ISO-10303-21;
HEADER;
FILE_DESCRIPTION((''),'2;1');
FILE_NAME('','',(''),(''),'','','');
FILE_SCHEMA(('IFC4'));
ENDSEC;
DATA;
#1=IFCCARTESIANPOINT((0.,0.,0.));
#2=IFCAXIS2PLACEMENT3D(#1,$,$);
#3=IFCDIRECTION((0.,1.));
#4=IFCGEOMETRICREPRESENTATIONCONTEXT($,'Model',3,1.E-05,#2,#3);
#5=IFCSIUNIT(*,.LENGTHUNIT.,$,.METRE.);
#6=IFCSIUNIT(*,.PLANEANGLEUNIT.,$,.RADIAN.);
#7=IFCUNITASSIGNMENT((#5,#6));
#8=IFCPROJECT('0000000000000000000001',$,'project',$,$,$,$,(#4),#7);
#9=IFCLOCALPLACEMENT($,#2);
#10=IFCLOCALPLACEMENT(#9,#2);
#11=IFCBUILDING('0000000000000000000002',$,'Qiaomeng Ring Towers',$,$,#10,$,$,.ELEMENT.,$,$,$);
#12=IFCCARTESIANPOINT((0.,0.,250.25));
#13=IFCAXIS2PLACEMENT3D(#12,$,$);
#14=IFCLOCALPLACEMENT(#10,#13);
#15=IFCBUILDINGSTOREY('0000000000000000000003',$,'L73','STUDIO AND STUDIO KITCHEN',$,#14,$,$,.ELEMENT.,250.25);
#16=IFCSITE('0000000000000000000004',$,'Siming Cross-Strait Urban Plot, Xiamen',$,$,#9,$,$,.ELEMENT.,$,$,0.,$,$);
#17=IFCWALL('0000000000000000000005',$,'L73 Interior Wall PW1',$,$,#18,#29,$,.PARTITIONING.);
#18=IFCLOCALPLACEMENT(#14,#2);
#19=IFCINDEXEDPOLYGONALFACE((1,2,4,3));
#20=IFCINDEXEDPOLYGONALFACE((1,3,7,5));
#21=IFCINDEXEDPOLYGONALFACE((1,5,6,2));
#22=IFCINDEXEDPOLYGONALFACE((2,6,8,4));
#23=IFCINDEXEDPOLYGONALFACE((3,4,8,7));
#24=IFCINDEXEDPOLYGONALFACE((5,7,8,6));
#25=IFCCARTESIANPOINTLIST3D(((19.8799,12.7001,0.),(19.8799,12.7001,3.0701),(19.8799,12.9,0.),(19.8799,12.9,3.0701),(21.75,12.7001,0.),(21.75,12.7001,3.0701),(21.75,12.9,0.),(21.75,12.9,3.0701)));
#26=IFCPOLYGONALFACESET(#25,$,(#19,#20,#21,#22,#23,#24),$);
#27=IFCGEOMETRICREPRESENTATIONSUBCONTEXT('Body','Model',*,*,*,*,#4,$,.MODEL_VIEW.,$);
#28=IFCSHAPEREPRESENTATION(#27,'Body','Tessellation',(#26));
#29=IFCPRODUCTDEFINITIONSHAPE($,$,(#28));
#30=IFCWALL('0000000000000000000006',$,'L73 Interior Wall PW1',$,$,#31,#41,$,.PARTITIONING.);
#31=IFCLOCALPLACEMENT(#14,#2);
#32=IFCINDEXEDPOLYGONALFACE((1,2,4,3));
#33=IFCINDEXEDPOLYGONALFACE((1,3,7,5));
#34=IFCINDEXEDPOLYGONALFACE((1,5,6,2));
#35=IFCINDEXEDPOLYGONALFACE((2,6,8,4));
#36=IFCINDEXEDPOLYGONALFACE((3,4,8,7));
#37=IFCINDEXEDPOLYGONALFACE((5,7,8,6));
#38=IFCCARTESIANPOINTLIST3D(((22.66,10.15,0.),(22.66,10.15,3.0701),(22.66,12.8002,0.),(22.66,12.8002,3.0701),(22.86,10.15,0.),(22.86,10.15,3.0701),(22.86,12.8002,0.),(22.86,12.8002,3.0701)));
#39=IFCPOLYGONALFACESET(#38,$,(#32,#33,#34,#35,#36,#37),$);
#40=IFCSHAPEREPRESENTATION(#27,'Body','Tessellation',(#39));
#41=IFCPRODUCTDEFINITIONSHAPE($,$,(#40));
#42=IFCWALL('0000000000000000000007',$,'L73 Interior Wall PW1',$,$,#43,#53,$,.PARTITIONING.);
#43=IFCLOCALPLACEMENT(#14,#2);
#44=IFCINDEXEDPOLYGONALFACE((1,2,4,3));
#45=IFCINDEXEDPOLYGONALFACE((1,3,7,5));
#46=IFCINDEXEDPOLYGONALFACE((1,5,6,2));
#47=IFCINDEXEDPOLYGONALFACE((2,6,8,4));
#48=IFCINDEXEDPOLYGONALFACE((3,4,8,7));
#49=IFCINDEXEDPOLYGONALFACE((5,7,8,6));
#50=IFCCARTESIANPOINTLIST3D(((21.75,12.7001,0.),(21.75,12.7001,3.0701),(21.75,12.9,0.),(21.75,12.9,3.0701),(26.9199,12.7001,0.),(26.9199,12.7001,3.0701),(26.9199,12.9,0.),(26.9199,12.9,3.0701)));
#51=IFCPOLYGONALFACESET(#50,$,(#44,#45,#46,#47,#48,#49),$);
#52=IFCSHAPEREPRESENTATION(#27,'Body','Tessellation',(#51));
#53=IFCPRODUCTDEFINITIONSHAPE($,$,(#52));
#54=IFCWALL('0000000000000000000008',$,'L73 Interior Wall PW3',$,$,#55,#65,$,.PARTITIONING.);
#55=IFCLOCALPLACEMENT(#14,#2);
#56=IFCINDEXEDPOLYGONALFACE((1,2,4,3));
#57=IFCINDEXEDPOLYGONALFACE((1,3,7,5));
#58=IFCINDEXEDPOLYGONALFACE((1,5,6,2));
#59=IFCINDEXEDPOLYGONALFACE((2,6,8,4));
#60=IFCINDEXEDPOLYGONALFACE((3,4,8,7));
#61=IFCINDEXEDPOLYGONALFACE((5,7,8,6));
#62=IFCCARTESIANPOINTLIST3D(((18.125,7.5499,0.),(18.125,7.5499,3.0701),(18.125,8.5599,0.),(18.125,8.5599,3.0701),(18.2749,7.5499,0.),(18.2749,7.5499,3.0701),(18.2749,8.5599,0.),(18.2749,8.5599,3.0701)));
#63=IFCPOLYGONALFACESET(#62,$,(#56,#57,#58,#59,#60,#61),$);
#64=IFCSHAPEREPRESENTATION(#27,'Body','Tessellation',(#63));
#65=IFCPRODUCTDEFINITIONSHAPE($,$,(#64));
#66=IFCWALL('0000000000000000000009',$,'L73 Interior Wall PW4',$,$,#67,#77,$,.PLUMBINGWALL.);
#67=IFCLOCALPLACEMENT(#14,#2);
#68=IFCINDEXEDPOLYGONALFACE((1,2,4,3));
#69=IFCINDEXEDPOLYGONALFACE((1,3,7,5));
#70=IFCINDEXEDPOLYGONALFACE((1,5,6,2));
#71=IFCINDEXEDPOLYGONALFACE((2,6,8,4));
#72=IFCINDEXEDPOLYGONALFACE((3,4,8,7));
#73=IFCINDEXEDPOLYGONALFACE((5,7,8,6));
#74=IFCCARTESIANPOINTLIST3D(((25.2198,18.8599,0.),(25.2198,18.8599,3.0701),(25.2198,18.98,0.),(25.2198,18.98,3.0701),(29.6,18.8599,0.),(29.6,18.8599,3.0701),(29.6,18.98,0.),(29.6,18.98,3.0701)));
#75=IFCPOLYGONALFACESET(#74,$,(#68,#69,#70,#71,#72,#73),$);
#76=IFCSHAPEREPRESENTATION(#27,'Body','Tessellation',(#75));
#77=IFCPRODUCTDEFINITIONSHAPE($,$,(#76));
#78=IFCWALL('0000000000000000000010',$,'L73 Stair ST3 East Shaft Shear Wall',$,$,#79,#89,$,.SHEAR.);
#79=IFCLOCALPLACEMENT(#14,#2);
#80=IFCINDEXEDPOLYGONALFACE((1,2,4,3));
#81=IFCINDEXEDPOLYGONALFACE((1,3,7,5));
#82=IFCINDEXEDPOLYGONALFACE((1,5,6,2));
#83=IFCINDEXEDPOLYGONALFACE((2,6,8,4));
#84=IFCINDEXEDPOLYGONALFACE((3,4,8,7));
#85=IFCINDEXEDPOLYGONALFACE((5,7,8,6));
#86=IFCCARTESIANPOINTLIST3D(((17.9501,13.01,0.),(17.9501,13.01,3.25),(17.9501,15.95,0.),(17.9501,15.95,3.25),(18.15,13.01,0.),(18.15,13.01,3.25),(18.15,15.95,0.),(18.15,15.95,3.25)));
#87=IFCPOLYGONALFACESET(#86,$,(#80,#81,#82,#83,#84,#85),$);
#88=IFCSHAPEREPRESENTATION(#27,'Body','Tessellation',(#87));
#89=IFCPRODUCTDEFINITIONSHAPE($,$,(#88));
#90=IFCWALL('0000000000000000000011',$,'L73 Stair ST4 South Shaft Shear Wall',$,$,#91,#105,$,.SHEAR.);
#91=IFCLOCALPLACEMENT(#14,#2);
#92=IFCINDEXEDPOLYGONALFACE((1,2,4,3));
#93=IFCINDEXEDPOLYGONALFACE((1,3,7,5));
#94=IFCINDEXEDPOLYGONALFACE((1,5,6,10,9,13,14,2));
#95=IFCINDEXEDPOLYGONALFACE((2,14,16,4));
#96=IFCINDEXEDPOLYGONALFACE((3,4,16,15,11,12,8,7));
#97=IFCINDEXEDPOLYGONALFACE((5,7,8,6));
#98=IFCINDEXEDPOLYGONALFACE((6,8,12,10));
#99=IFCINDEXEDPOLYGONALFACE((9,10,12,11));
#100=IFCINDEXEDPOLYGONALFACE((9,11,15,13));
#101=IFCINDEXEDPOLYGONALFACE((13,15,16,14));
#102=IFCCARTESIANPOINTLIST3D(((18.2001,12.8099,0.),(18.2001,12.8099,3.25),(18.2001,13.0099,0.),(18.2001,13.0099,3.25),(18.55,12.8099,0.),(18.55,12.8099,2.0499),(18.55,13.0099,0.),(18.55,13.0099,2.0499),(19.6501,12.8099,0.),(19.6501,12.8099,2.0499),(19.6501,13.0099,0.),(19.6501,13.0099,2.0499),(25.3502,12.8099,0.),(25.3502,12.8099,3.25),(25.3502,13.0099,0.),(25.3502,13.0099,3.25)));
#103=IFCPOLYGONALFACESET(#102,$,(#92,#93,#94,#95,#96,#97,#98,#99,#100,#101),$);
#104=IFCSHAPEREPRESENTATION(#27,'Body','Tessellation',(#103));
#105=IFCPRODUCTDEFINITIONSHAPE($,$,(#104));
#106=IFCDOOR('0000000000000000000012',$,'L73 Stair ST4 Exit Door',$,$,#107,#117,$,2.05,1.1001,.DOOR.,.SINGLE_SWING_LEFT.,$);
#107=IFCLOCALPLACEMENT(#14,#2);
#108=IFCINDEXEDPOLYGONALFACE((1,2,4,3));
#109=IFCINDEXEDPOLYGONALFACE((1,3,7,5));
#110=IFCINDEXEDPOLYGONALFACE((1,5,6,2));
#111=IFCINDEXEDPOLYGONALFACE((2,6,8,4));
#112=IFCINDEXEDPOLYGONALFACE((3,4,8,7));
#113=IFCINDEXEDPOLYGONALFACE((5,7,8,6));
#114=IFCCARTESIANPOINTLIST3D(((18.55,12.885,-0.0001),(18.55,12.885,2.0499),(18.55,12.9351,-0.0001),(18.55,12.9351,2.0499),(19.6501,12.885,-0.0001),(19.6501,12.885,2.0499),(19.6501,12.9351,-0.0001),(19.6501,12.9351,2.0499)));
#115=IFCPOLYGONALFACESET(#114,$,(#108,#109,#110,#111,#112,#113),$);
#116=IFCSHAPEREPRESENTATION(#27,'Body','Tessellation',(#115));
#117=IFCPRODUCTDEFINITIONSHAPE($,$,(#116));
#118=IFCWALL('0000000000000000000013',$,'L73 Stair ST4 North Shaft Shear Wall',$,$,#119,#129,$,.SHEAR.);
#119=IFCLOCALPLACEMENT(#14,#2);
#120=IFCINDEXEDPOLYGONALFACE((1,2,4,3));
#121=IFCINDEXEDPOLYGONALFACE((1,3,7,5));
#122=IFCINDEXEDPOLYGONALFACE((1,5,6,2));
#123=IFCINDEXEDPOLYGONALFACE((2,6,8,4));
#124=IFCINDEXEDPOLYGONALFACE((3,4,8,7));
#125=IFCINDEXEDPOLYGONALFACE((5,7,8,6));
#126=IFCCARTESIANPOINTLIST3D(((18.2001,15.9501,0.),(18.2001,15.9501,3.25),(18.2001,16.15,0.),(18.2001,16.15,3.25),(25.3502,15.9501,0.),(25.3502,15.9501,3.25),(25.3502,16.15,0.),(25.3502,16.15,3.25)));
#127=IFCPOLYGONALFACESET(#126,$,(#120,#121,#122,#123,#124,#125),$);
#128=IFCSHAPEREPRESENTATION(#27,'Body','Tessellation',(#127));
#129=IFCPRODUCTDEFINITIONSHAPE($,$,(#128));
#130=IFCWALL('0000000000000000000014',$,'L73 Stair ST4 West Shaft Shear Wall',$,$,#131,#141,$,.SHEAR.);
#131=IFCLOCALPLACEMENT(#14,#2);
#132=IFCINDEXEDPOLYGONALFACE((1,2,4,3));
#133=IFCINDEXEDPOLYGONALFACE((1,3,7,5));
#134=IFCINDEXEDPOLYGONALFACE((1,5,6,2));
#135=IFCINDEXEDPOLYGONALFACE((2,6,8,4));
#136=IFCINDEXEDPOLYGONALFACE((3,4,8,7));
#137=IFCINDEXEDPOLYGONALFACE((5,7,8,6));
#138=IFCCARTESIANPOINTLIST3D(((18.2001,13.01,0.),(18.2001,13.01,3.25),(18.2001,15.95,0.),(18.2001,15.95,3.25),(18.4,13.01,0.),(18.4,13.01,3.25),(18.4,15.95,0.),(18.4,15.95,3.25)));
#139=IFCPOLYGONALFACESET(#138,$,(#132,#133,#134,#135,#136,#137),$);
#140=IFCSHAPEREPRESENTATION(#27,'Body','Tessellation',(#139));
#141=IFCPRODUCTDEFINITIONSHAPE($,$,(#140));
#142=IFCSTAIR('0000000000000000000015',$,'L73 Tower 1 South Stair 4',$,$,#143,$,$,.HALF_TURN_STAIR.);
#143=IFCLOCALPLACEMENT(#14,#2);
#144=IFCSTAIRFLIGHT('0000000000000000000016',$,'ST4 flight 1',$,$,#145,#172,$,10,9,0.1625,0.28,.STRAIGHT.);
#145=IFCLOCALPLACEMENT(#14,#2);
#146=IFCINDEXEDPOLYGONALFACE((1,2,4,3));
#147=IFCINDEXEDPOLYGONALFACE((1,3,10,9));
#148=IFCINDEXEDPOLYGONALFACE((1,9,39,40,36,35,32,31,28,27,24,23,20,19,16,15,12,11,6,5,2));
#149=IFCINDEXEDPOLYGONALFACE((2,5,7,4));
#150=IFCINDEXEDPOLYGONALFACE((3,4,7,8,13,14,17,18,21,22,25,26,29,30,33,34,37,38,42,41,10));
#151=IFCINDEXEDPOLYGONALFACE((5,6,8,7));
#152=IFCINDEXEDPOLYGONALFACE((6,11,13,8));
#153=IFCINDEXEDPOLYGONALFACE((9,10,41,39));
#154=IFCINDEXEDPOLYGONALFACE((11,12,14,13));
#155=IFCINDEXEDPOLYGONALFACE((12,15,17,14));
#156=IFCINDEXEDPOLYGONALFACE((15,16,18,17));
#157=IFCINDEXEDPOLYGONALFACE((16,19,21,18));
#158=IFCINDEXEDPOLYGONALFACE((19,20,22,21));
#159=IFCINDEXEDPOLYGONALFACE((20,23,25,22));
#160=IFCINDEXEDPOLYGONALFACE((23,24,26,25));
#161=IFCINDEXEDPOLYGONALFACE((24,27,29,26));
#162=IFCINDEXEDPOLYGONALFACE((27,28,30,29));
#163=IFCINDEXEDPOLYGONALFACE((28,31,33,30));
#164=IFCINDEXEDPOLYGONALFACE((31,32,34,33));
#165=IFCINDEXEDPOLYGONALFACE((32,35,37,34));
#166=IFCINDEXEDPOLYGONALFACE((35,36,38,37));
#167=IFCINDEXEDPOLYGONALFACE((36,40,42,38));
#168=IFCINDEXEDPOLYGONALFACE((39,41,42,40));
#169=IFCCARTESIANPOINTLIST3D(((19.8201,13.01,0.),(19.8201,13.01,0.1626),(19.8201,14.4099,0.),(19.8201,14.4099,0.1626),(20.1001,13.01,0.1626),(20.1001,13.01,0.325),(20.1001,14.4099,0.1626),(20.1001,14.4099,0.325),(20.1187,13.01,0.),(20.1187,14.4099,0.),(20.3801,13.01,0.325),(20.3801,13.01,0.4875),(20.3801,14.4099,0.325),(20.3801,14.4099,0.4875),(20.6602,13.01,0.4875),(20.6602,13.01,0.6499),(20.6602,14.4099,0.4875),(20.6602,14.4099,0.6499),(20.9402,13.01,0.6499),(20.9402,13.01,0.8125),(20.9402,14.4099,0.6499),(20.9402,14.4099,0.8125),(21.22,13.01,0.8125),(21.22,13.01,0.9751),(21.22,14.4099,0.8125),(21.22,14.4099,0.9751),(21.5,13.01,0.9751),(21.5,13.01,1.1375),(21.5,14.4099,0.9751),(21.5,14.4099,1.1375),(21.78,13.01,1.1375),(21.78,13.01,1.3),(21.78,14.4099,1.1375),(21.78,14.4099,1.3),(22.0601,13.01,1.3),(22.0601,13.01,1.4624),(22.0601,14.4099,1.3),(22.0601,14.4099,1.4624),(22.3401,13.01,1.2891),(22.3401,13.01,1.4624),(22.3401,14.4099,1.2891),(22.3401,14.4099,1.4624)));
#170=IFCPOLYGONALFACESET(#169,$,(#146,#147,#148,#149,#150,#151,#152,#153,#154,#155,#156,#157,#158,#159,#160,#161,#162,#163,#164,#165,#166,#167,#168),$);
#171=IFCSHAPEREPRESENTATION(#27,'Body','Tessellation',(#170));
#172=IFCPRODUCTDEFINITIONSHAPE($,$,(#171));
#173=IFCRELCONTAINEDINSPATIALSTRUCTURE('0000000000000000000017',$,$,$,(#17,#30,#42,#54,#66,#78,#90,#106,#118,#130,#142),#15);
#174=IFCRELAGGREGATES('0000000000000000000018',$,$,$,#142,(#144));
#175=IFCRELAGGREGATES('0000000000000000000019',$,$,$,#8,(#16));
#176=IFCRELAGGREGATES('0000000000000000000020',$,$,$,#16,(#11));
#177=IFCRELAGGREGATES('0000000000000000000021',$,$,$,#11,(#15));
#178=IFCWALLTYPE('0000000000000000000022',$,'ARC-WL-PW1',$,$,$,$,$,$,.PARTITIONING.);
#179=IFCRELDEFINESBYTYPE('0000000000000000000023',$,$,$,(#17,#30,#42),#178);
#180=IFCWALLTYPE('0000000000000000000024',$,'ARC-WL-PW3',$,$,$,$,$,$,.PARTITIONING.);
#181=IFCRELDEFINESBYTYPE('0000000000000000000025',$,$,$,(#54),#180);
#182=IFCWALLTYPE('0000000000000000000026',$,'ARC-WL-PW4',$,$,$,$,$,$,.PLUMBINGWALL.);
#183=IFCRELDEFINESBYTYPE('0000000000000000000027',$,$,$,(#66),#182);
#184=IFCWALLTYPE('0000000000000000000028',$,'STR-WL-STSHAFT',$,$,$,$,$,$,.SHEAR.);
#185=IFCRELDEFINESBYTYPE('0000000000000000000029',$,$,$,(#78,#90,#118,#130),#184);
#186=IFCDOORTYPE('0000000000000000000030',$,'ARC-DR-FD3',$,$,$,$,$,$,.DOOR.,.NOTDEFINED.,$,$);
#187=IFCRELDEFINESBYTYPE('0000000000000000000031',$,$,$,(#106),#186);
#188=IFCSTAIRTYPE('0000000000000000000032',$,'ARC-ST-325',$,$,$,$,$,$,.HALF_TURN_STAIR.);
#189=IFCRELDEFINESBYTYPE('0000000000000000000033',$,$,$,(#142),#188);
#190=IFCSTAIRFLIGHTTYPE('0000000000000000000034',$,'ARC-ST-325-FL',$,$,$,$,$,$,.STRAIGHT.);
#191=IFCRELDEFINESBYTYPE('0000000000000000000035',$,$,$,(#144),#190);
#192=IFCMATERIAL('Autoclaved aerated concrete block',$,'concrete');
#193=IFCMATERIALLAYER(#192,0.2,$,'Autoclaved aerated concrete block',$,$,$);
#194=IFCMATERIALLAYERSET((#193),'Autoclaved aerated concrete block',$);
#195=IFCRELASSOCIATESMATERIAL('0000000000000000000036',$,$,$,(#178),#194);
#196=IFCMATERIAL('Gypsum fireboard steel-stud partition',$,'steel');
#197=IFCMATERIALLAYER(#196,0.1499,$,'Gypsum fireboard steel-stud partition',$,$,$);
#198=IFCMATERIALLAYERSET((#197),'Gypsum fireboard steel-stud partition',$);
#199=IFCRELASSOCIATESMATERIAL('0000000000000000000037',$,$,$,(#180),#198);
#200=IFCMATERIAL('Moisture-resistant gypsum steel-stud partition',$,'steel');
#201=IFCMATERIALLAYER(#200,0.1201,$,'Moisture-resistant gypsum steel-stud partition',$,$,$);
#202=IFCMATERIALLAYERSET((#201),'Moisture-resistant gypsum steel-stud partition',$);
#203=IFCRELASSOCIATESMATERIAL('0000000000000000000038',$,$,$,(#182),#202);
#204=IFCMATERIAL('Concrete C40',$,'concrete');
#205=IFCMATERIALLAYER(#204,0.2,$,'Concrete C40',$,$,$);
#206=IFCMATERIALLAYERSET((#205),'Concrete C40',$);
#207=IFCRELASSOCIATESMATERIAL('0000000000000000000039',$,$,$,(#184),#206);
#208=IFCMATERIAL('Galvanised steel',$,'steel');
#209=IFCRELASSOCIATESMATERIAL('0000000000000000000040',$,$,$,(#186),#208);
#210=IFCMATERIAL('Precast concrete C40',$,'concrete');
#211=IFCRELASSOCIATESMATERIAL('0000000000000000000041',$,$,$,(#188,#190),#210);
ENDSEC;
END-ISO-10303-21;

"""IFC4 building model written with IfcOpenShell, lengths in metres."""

from ifc_helpers import new_model, si_unit, direction, frame, frame_2d, origin, place, context, subcontext, project, spatial, polyline, rectangle, outline, extrude, source, transform, mapped, material, layer, layer_set, type_object, element, fill, aggregate, save


model = new_model("IFC4")

# Units and contexts
model_context = context("Model", 3, precision=1e-05, world=origin(), true_north=direction((0.0, 1.0)))
body_context = subcontext(model_context, "Body", "Model", "MODEL_VIEW")
ifc_project = project(units=[si_unit("LENGTHUNIT", "METRE"), si_unit("PLANEANGLEUNIT", "RADIAN")], contexts=[model_context])

# Site, building, storey
site_placement = place(None, origin())
site = spatial("IfcSite", under=ifc_project, at=site_placement, Name="Siming Cross-Strait Urban Plot, Xiamen", CompositionType="ELEMENT", RefElevation=0.0)
building_placement = place(site_placement, origin())
building = spatial("IfcBuilding", under=site, at=building_placement, Name="Qiaomeng Ring Towers", CompositionType="ELEMENT")
storey_placement = place(building_placement, frame((0.0, 0.0, 250.25)))
storey = spatial("IfcBuildingStorey", under=building, at=storey_placement, Name="L73", Description="STUDIO AND STUDIO KITCHEN", CompositionType="ELEMENT", Elevation=250.25)

# Walls
ifc_material_1 = material(Name="Autoclaved aerated concrete block", Category="concrete")
ifc_layer_1 = layer(ifc_material_1, 0.2, Name="Autoclaved aerated concrete block")
ifc_layer_set_1 = layer_set([ifc_layer_1], Name="Autoclaved aerated concrete block")
wall_type_1 = type_object("IfcWallType", Name="ARC-WL-PW1", PredefinedType="PARTITIONING", material=ifc_layer_set_1)
wall_1_placement = place(storey_placement, frame((19.8799, 12.8, 0.0), z_axis=(0.0, 0.0, 1.0), x_axis=(1.0, 0.0, 0.0)))
element("IfcWall", 1, at=wall_1_placement, inside=storey, type_object=wall_type_1, Name="L73 Interior Wall PW1", PredefinedType="PARTITIONING", context=body_context, shape_type="SweptSolid", body=[
    extrude(rectangle(XDim=1.8701, YDim=0.2, at=frame_2d((0.9351, 0.0))), origin(), (0.0, 0.0, 1.0), 3.0701),
])
wall_2_placement = place(storey_placement, frame((22.76, 10.1499, 0.0), z_axis=(0.0, 0.0, 1.0), x_axis=(0.0, 1.0, 0.0)))
element("IfcWall", 2, at=wall_2_placement, inside=storey, type_object=wall_type_1, Name="L73 Interior Wall PW1", PredefinedType="PARTITIONING", context=body_context, shape_type="SweptSolid", body=[
    extrude(rectangle(XDim=2.6501, YDim=0.2, at=frame_2d((1.3252, 0.0))), origin(), (0.0, 0.0, 1.0), 3.0701),
])
wall_3_placement = place(storey_placement, frame((21.75, 12.8, 0.0), z_axis=(0.0, 0.0, 1.0), x_axis=(1.0, 0.0, 0.0)))
element("IfcWall", 3, at=wall_3_placement, inside=storey, type_object=wall_type_1, Name="L73 Interior Wall PW1", PredefinedType="PARTITIONING", context=body_context, shape_type="SweptSolid", body=[
    extrude(rectangle(XDim=5.1699, YDim=0.2, at=frame_2d((2.585, 0.0))), origin(), (0.0, 0.0, 1.0), 3.0701),
])
ifc_material_2 = material(Name="Gypsum fireboard steel-stud partition", Category="steel")
ifc_layer_2 = layer(ifc_material_2, 0.1499, Name="Gypsum fireboard steel-stud partition")
ifc_layer_set_2 = layer_set([ifc_layer_2], Name="Gypsum fireboard steel-stud partition")
wall_type_2 = type_object("IfcWallType", Name="ARC-WL-PW3", PredefinedType="PARTITIONING", material=ifc_layer_set_2)
wall_4_placement = place(storey_placement, frame((18.2, 7.55, 0.0), z_axis=(0.0, 0.0, 1.0), x_axis=(0.0, 1.0, 0.0)))
element("IfcWall", 4, at=wall_4_placement, inside=storey, type_object=wall_type_2, Name="L73 Interior Wall PW3", PredefinedType="PARTITIONING", context=body_context, shape_type="SweptSolid", body=[
    extrude(rectangle(XDim=1.01, YDim=0.1499, at=frame_2d((0.5049, 0.0))), origin(), (0.0, 0.0, 1.0), 3.0701),
])
ifc_material_3 = material(Name="Moisture-resistant gypsum steel-stud partition", Category="steel")
ifc_layer_3 = layer(ifc_material_3, 0.1201, Name="Moisture-resistant gypsum steel-stud partition")
ifc_layer_set_3 = layer_set([ifc_layer_3], Name="Moisture-resistant gypsum steel-stud partition")
wall_type_3 = type_object("IfcWallType", Name="ARC-WL-PW4", PredefinedType="PLUMBINGWALL", material=ifc_layer_set_3)
wall_5_placement = place(storey_placement, frame((25.22, 18.9199, 0.0), z_axis=(0.0, 0.0, 1.0), x_axis=(1.0, 0.0, 0.0)))
element("IfcWall", 5, at=wall_5_placement, inside=storey, type_object=wall_type_3, Name="L73 Interior Wall PW4", PredefinedType="PLUMBINGWALL", context=body_context, shape_type="SweptSolid", body=[
    extrude(rectangle(XDim=4.3801, YDim=0.1201, at=frame_2d((2.1899, 0.0))), origin(), (0.0, 0.0, 1.0), 3.0701),
])
ifc_material_4 = material(Name="Concrete C40", Category="concrete")
ifc_layer_4 = layer(ifc_material_4, 0.2, Name="Concrete C40")
ifc_layer_set_4 = layer_set([ifc_layer_4], Name="Concrete C40")
wall_type_4 = type_object("IfcWallType", Name="STR-WL-STSHAFT", PredefinedType="SHEAR", material=ifc_layer_set_4)
wall_6_placement = place(storey_placement, frame((18.05, 13.01, 0.0), z_axis=(0.0, 0.0, 1.0), x_axis=(0.0, 1.0, 0.0)))
element("IfcWall", 6, at=wall_6_placement, inside=storey, type_object=wall_type_4, Name="L73 Stair ST3 East Shaft Shear Wall", PredefinedType="SHEAR", context=body_context, shape_type="SweptSolid", body=[
    extrude(rectangle(XDim=2.9399, YDim=0.2, at=frame_2d((1.47, 0.0))), origin(), (0.0, 0.0, 1.0), 3.25),
])

# Wall, opening, door
wall_7_placement = place(storey_placement, frame((18.2, 12.9099, 0.0), z_axis=(0.0, 0.0, 1.0), x_axis=(1.0, 0.0, 0.0)))
wall_7 = element("IfcWall", 7, at=wall_7_placement, inside=storey, type_object=wall_type_4, Name="L73 Stair ST4 South Shaft Shear Wall", PredefinedType="SHEAR", context=body_context, shape_type="SweptSolid", body=[
    extrude(rectangle(XDim=7.1501, YDim=0.2, at=frame_2d((3.5752, 0.0))), origin(), (0.0, 0.0, 1.0), 3.25),
])
opening_placement = place(wall_7_placement, frame((0.3501, 0.0, 0.0)))
opening = element("IfcOpeningElement", 8, at=opening_placement, cuts=wall_7, PredefinedType="OPENING", context=body_context, shape_type="SweptSolid", body=[
    extrude(rectangle(XDim=1.1001, YDim=2.05, at=frame_2d((0.55, 1.0249))), frame((0.0, 0.1099, 0.0), z_axis=(0.0, -1.0, 0.0), x_axis=(1.0, 0.0, 0.0)), (0.0, 0.0, 1.0), 0.22),
])
ifc_material_5 = material(Name="Galvanised steel", Category="steel")
door_type = type_object("IfcDoorType", Name="ARC-DR-FD3", OperationType="NOTDEFINED", PredefinedType="DOOR", material=ifc_material_5)
shared_shape_1 = source(origin(), body_context, "Body", "SweptSolid", [
    extrude(rectangle(XDim=1.1001, YDim=2.05, at=frame_2d((0.55, 1.0249))), frame((0.0, 0.0249, 0.0), z_axis=(0.0, -1.0, 0.0), x_axis=(1.0, 0.0, 0.0)), (0.0, 0.0, 1.0), 0.05),
])
door_placement = place(opening_placement, frame((1.1001, 0.0, 0.0), z_axis=(0.0, 0.0, 1.0), x_axis=(-1.0, 0.0, 0.0)))
door = element("IfcDoor", 9, at=door_placement, inside=storey, type_object=door_type, Name="L73 Stair ST4 Exit Door", OperationType="SINGLE_SWING_LEFT", OverallHeight=2.05, OverallWidth=1.1001, PredefinedType="DOOR", context=body_context, shape_type="MappedRepresentation", body=[
    mapped(shared_shape_1, transform((0.0, 0.0, 0.0), x_axis=(1.0, 0.0, 0.0), y_axis=(0.0, 1.0, 0.0), z_axis=(0.0, 0.0, 1.0), scale=1.0)),
])
fill(opening, door)

# Walls
wall_8_placement = place(storey_placement, frame((18.2, 16.05, 0.0), z_axis=(0.0, 0.0, 1.0), x_axis=(1.0, 0.0, 0.0)))
element("IfcWall", 10, at=wall_8_placement, inside=storey, type_object=wall_type_4, Name="L73 Stair ST4 North Shaft Shear Wall", PredefinedType="SHEAR", context=body_context, shape_type="SweptSolid", body=[
    extrude(rectangle(XDim=7.1501, YDim=0.2, at=frame_2d((3.5752, 0.0))), origin(), (0.0, 0.0, 1.0), 3.25),
])
wall_9_placement = place(storey_placement, frame((18.3, 13.01, 0.0), z_axis=(0.0, 0.0, 1.0), x_axis=(0.0, 1.0, 0.0)))
element("IfcWall", 11, at=wall_9_placement, inside=storey, type_object=wall_type_4, Name="L73 Stair ST4 West Shaft Shear Wall", PredefinedType="SHEAR", context=body_context, shape_type="SweptSolid", body=[
    extrude(rectangle(XDim=2.9399, YDim=0.2, at=frame_2d((1.47, 0.0))), origin(), (0.0, 0.0, 1.0), 3.25),
])

# Stair, stair flight
ifc_material_6 = material(Name="Precast concrete C40", Category="concrete")
stair_type = type_object("IfcStairType", Name="ARC-ST-325", PredefinedType="HALF_TURN_STAIR", material=ifc_material_6)
stair_placement = place(storey_placement, origin())
stair = element("IfcStair", 12, at=stair_placement, inside=storey, type_object=stair_type, Name="L73 Tower 1 South Stair 4", PredefinedType="HALF_TURN_STAIR")
stair_flight_type = type_object("IfcStairFlightType", Name="ARC-ST-325-FL", PredefinedType="STRAIGHT", material=ifc_material_6)
shared_shape_2 = source(origin(), body_context, "Body", "SweptSolid", [
    extrude(outline(polyline([(0.0, 0.0), (0.0, 0.1626), (0.28, 0.1626), (0.28, 0.325), (0.5601, 0.325), (0.5601, 0.4875), (0.8401, 0.4875), (0.8401, 0.6499), (1.1201, 0.6499), (1.1201, 0.8125), (1.3999, 0.8125), (1.3999, 0.9751), (1.6799, 0.9751), (1.6799, 1.1375), (1.96, 1.1375), (1.96, 1.3), (2.24, 1.3), (2.24, 1.4624), (2.52, 1.4624), (2.52, 1.625), (2.52, 1.2891), (0.2986, 0.0), (0.0, 0.0)])), frame((0.0, 0.7, 0.0), z_axis=(0.0, -1.0, 0.0), x_axis=(1.0, 0.0, 0.0)), (0.0, 0.0, 1.0), 1.3999),
])
stair_flight_1_placement = place(storey_placement, frame((19.8201, 13.71, 0.0), z_axis=(0.0, 0.0, 1.0), x_axis=(1.0, 0.0, 0.0)))
stair_flight_1 = element("IfcStairFlight", 13, at=stair_flight_1_placement, type_object=stair_flight_type, Name="ST4 flight 1", NumberOfRisers=10, NumberOfTreads=9, PredefinedType="STRAIGHT", RiserHeight=0.1625, TreadLength=0.28, context=body_context, shape_type="MappedRepresentation", body=[
    mapped(shared_shape_2, transform((0.0, 0.0, 0.0), x_axis=(1.0, 0.0, 0.0), y_axis=(0.0, 1.0, 0.0), z_axis=(0.0, 0.0, 1.0), scale=1.0)),
])
aggregate(stair, [stair_flight_1])

save(model, "model.ifc")
